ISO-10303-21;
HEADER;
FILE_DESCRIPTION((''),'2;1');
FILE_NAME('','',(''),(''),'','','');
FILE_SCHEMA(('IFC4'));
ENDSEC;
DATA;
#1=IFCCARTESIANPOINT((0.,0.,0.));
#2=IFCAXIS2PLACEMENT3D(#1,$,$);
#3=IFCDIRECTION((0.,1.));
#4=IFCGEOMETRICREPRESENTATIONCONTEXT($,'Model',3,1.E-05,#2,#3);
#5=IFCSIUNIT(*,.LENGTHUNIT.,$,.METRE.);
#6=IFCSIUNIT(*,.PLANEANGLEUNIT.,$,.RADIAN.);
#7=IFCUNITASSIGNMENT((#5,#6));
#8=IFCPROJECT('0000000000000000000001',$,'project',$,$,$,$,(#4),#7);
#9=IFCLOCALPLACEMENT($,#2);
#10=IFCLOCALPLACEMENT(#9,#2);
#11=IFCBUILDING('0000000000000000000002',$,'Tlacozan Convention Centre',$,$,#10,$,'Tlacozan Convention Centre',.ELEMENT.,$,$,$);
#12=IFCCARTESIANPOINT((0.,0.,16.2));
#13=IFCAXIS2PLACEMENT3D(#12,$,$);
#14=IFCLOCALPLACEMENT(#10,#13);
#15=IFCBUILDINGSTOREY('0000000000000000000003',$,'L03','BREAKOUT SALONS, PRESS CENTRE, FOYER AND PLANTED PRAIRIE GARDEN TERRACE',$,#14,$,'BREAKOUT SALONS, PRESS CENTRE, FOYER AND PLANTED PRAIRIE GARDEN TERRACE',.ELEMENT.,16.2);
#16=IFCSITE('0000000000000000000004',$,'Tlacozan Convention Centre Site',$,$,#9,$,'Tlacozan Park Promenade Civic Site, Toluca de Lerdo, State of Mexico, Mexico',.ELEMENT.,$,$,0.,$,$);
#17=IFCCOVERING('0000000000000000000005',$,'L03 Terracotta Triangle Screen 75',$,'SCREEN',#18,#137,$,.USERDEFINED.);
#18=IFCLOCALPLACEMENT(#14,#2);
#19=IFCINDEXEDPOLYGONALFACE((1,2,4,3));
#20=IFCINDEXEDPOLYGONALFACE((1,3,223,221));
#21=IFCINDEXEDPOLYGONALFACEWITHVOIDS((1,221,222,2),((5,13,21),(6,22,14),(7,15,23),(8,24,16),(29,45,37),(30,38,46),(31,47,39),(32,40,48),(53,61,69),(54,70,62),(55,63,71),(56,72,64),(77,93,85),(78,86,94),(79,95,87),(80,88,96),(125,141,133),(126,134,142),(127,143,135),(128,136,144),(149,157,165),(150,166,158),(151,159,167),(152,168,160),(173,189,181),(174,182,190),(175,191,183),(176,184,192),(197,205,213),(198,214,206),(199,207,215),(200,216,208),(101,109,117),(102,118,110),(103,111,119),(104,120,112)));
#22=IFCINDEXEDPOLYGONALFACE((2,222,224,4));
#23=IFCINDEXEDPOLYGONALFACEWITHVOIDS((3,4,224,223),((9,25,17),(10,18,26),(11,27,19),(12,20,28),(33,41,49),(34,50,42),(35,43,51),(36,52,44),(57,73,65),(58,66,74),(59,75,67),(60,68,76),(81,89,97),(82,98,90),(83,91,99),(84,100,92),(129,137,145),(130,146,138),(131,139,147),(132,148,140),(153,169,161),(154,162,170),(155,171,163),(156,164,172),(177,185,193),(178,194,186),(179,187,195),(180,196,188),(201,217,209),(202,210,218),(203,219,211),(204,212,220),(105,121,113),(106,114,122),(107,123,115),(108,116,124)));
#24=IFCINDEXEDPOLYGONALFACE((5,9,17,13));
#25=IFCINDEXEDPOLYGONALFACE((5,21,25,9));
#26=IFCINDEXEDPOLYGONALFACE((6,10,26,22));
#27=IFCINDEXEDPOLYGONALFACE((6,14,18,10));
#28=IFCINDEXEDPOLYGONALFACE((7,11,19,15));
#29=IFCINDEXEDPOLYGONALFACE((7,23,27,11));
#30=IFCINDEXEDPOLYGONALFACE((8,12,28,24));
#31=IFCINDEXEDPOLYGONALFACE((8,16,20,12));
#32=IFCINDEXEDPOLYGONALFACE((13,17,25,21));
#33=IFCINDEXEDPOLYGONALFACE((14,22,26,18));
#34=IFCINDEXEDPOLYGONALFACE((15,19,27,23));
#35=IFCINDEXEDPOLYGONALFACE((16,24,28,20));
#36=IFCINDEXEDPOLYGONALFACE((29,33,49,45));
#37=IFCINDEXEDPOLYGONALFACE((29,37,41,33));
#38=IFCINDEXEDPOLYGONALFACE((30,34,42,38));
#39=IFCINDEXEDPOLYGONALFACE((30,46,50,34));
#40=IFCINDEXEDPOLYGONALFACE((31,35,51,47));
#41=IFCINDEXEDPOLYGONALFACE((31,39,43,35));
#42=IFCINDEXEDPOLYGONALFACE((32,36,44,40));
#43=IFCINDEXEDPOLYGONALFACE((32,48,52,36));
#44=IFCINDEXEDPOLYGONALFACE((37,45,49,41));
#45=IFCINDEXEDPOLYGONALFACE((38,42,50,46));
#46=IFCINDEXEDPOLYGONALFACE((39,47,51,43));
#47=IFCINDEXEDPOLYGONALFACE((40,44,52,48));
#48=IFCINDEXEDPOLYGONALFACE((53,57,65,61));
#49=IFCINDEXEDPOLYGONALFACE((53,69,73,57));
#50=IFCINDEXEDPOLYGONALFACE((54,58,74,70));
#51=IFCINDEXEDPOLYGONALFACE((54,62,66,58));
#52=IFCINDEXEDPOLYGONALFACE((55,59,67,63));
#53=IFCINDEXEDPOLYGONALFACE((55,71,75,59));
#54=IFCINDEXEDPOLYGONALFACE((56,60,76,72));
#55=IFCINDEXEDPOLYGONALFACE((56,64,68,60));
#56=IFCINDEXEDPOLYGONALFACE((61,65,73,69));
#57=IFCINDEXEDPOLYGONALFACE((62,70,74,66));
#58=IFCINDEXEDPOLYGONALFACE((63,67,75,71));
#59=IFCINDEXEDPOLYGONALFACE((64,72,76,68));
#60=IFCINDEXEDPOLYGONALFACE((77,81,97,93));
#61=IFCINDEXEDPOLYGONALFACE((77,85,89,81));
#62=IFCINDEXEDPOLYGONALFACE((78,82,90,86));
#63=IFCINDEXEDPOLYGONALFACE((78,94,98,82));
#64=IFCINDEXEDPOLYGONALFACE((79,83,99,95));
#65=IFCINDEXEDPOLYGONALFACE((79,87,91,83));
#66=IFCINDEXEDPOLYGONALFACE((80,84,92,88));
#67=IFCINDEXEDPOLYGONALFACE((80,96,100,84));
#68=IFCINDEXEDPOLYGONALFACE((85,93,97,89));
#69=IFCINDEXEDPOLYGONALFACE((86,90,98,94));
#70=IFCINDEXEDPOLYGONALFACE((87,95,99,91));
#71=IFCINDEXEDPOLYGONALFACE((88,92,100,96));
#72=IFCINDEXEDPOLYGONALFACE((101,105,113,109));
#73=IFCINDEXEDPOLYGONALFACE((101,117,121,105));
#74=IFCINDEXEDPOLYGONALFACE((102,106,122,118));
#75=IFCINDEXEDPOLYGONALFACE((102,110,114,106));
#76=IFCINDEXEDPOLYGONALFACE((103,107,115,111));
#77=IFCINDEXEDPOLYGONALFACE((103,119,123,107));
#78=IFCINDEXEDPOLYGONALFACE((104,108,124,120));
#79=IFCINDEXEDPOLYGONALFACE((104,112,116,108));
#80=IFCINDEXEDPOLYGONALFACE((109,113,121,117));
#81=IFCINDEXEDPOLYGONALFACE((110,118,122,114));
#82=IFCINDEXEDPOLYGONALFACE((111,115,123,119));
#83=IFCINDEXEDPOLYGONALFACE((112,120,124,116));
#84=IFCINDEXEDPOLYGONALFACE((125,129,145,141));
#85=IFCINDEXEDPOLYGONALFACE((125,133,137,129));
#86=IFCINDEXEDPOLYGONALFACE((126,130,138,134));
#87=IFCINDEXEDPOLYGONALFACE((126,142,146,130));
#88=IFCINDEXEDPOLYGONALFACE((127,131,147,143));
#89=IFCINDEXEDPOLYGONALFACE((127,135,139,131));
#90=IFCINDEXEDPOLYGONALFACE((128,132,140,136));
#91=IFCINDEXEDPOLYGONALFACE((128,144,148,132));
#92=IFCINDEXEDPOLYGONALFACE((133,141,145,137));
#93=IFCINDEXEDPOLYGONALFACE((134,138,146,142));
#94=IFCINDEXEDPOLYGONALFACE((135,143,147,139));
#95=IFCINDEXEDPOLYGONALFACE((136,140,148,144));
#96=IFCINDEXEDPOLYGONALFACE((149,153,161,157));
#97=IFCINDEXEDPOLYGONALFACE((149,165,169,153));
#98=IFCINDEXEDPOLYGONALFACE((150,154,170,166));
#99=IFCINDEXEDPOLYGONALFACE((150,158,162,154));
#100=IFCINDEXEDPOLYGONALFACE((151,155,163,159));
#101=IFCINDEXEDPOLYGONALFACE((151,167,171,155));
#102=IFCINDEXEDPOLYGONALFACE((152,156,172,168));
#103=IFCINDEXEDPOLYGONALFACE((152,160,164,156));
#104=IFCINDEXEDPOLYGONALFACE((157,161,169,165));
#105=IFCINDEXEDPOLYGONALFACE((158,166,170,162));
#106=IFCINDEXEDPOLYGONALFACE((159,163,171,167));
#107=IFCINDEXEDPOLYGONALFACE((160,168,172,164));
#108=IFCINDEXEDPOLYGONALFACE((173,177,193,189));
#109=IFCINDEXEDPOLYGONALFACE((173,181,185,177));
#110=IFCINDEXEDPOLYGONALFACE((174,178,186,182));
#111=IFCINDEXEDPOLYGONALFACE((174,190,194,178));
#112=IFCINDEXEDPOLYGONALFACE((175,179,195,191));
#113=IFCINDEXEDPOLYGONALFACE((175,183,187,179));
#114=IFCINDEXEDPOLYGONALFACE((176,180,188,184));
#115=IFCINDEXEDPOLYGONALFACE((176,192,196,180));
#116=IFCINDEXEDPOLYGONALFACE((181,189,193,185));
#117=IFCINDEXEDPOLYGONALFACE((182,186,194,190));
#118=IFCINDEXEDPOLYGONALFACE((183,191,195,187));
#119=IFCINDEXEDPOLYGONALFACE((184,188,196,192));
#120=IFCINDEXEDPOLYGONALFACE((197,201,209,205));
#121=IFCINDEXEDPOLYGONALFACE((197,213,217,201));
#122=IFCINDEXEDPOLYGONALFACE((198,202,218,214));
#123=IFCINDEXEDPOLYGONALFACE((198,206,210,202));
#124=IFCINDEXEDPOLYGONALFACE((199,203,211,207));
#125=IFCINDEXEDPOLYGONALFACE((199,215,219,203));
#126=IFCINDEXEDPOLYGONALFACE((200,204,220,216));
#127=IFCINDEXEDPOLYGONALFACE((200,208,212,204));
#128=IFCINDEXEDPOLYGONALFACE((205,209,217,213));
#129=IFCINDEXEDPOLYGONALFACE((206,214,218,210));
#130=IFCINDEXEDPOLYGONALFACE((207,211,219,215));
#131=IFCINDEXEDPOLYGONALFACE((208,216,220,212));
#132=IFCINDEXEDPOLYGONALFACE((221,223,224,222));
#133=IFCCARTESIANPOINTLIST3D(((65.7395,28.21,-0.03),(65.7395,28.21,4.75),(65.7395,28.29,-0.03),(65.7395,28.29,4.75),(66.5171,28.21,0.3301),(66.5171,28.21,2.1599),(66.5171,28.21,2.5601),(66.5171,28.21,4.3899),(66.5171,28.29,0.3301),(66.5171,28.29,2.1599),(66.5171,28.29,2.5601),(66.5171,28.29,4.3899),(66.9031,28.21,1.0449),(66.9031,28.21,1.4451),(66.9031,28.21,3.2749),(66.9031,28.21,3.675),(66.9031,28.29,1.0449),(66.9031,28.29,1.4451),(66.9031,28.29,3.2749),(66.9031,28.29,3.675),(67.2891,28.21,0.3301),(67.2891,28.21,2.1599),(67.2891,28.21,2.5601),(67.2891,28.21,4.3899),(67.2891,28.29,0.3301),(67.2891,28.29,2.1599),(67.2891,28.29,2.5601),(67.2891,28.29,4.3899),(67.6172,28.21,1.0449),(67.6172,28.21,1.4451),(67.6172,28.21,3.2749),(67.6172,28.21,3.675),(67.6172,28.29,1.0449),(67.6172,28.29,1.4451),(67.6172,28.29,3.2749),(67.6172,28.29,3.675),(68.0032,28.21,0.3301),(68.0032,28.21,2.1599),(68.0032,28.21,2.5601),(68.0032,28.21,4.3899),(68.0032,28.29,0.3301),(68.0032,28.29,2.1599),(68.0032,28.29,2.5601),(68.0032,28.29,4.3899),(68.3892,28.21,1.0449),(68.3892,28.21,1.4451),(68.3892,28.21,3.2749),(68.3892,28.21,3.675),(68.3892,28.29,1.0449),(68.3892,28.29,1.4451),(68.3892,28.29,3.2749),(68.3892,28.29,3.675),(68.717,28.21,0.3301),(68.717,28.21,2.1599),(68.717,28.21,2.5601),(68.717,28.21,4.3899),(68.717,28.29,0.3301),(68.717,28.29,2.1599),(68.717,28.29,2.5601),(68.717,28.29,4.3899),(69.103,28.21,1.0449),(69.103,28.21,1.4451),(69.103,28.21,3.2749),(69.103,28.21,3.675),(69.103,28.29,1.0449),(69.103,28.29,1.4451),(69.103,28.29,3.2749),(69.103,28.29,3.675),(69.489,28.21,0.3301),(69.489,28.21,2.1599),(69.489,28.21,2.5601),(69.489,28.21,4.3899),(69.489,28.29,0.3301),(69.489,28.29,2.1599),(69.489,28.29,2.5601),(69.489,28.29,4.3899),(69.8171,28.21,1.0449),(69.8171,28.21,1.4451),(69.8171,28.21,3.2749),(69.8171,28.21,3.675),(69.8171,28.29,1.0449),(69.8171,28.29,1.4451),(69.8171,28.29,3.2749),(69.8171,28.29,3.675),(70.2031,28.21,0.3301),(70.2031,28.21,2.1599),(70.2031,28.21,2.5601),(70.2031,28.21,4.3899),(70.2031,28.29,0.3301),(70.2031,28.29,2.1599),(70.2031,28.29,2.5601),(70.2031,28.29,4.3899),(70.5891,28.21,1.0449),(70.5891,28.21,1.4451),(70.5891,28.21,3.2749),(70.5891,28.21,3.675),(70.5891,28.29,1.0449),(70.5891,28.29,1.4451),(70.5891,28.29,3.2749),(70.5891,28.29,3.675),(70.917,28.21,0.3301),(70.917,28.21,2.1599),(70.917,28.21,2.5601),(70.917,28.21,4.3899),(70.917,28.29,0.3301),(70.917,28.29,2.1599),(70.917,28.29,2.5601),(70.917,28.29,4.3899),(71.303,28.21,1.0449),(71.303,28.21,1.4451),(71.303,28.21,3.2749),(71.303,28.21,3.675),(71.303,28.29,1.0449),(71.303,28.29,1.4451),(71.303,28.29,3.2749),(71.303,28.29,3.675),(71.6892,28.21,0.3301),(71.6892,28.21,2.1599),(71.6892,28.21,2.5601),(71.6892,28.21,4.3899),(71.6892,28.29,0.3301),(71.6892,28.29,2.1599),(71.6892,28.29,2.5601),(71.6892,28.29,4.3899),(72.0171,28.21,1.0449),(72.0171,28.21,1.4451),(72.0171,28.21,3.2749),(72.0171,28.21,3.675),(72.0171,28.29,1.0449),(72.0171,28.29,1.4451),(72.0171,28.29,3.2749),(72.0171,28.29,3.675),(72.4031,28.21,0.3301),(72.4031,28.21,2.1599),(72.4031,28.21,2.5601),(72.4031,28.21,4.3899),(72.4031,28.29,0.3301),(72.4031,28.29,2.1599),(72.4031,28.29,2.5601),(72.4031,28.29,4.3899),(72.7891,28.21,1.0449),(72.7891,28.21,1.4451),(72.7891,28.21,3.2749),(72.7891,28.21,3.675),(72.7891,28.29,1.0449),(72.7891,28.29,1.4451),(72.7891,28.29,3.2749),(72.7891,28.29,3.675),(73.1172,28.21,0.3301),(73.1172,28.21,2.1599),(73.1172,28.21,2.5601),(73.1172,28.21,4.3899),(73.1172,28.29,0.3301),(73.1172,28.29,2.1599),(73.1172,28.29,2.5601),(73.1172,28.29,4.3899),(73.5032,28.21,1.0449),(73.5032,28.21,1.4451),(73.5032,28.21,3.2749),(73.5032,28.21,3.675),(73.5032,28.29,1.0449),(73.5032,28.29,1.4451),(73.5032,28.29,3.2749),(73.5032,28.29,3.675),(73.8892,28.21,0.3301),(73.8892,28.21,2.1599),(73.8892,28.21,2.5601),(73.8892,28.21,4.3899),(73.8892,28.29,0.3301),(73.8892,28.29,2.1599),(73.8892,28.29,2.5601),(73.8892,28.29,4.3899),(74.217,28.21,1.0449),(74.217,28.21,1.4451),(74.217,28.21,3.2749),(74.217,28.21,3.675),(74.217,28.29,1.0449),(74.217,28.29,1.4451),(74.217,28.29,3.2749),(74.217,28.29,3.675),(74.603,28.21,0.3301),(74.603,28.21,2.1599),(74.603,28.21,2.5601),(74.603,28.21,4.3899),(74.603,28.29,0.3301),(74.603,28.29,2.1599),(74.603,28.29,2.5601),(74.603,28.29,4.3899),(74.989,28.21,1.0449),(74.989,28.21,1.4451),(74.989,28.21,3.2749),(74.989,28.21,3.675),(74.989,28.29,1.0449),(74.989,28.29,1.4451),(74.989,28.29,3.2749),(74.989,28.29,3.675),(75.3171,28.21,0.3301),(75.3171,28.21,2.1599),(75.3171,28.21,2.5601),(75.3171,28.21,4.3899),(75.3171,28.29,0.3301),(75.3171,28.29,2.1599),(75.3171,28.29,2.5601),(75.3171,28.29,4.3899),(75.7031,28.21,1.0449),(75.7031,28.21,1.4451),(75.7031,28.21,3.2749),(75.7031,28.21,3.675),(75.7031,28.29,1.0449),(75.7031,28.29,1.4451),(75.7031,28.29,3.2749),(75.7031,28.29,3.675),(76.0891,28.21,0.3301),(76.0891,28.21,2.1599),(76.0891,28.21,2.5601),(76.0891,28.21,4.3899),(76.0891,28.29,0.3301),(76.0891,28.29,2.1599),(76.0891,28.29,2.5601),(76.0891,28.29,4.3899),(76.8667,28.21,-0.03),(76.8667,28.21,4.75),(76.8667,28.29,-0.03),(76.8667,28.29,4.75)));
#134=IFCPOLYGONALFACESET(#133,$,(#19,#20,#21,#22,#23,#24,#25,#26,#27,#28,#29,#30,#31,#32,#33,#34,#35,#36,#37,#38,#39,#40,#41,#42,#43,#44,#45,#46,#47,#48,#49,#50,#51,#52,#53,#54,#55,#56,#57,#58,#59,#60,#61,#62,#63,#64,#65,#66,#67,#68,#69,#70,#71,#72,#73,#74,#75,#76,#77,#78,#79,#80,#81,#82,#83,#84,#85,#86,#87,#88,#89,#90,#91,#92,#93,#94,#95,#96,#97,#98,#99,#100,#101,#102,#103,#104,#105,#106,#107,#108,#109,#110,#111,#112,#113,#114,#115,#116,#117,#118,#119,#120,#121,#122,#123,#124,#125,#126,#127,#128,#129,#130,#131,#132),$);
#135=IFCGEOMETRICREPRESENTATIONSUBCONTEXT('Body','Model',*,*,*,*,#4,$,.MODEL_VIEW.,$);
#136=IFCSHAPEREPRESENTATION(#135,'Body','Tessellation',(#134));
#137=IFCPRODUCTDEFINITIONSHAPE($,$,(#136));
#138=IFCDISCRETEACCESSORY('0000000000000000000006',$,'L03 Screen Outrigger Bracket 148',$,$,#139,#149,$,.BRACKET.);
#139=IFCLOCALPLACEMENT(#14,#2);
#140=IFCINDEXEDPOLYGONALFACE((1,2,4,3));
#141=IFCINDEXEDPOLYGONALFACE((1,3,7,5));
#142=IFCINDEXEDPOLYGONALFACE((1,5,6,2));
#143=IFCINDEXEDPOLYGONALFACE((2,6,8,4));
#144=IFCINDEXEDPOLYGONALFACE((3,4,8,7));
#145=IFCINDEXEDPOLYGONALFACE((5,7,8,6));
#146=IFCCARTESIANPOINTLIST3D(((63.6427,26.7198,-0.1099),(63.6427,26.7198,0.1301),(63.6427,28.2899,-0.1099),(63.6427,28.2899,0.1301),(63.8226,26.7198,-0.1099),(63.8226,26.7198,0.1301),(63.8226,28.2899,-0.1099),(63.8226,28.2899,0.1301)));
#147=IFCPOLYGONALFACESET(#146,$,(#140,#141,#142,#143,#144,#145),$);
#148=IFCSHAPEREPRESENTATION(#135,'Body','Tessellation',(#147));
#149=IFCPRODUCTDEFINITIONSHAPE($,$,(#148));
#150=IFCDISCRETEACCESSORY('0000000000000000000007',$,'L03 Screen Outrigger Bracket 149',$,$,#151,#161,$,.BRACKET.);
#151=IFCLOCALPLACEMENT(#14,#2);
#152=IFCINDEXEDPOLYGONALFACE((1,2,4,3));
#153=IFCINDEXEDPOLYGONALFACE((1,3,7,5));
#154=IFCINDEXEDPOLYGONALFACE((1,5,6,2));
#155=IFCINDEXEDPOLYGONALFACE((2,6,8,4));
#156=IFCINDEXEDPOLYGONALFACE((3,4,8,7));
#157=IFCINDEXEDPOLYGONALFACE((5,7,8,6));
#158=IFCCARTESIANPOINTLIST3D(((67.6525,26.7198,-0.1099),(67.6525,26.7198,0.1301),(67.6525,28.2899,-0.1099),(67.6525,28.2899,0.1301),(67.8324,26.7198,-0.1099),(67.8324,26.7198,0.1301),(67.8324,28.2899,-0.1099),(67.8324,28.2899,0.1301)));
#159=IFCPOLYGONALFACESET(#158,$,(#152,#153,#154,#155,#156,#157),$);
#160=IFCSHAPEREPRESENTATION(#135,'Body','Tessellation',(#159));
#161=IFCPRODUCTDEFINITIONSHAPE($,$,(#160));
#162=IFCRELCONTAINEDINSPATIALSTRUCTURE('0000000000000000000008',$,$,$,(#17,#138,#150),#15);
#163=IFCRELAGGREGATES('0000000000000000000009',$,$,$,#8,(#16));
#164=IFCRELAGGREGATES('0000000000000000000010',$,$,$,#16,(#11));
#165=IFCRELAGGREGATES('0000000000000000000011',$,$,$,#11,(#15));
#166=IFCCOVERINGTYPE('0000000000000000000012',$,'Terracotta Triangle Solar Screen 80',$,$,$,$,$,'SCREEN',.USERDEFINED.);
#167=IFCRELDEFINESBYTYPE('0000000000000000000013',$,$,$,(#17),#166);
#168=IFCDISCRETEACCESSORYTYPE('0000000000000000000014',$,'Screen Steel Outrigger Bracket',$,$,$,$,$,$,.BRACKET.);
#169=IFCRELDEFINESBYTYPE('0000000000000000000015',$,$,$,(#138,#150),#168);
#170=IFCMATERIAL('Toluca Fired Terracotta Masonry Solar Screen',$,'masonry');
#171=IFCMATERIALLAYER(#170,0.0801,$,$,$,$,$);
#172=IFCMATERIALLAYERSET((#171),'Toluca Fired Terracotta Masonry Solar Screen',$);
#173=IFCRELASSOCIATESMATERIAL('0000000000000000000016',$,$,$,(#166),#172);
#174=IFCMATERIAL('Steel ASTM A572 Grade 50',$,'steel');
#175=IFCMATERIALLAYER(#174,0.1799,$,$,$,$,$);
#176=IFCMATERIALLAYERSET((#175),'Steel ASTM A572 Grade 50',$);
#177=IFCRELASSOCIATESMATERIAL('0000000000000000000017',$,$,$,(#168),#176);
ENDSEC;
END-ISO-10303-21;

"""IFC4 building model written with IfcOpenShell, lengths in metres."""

from ifc_helpers import new_model, si_unit, direction, frame, origin, origin_2d, place, context, subcontext, project, spatial, polyline, rectangle, outline, extrude, material, layer, layer_set, type_object, element, save


model = new_model("IFC4")

# Units and contexts
model_context = context("Model", 3, precision=1e-05, world=origin(), true_north=direction((0.0, 1.0)))
body_context = subcontext(model_context, "Body", "Model", "MODEL_VIEW")
ifc_project = project(units=[si_unit("LENGTHUNIT", "METRE"), si_unit("PLANEANGLEUNIT", "RADIAN")], contexts=[model_context])

# Site, building, storey
site_placement = place(None, origin())
site = spatial("IfcSite", under=ifc_project, at=site_placement, Name="Tlacozan Convention Centre Site", LongName="Tlacozan Park Promenade Civic Site, Toluca de Lerdo, State of Mexico, Mexico", CompositionType="ELEMENT", RefElevation=0.0)
building_placement = place(site_placement, origin())
building = spatial("IfcBuilding", under=site, at=building_placement, Name="Tlacozan Convention Centre", LongName="Tlacozan Convention Centre", CompositionType="ELEMENT")
storey_placement = place(building_placement, frame((0.0, 0.0, 16.2)))
storey = spatial("IfcBuildingStorey", under=building, at=storey_placement, Name="L03", Description="BREAKOUT SALONS, PRESS CENTRE, FOYER AND PLANTED PRAIRIE GARDEN TERRACE", LongName="BREAKOUT SALONS, PRESS CENTRE, FOYER AND PLANTED PRAIRIE GARDEN TERRACE", CompositionType="ELEMENT", Elevation=16.2)

# Covering
ifc_material_1 = material(Name="Toluca Fired Terracotta Masonry Solar Screen", Category="masonry")
ifc_layer_1 = layer(ifc_material_1, 0.0801)
ifc_layer_set_1 = layer_set([ifc_layer_1], Name="Toluca Fired Terracotta Masonry Solar Screen")
covering_type = type_object("IfcCoveringType", Name="Terracotta Triangle Solar Screen 80", ElementType="SCREEN", PredefinedType="USERDEFINED", material=ifc_layer_set_1)
covering_placement = place(storey_placement, frame((65.7395, 28.25, -0.03), z_axis=(0.0, 0.0, 1.0), x_axis=(1.0, 0.0, 0.0)))
element("IfcCovering", 1, at=covering_placement, inside=storey, type_object=covering_type, Name="L03 Terracotta Triangle Screen 75", ObjectType="SCREEN", PredefinedType="USERDEFINED", context=body_context, shape_type="SweptSolid", body=[
    extrude(outline(polyline([(0.0, 0.0), (11.1272, 0.0), (11.1272, 4.78), (0.0, 4.78), (0.0, 0.0)]), holes=[polyline([(0.7776, 0.3601), (1.5496, 0.3601), (1.1636, 1.075), (0.7776, 0.3601)]), polyline([(1.8777, 1.075), (2.6497, 1.075), (2.2637, 0.3601), (1.8777, 1.075)]), polyline([(2.9775, 0.3601), (3.7495, 0.3601), (3.3635, 1.075), (2.9775, 0.3601)]), polyline([(4.0776, 1.075), (4.8496, 1.075), (4.4636, 0.3601), (4.0776, 1.075)]), polyline([(5.1775, 0.3601), (5.9497, 0.3601), (5.5635, 1.075), (5.1775, 0.3601)]), polyline([(6.2776, 1.075), (7.0496, 1.075), (6.6636, 0.3601), (6.2776, 1.075)]), polyline([(7.3777, 0.3601), (8.1497, 0.3601), (7.7637, 1.075), (7.3777, 0.3601)]), polyline([(8.4775, 1.075), (9.2495, 1.075), (8.8635, 0.3601), (8.4775, 1.075)]), polyline([(9.5776, 0.3601), (10.3496, 0.3601), (9.9636, 1.075), (9.5776, 0.3601)]), polyline([(0.7776, 2.1899), (1.5496, 2.1899), (1.1636, 1.4751), (0.7776, 2.1899)]), polyline([(1.8777, 1.4751), (2.6497, 1.4751), (2.2637, 2.1899), (1.8777, 1.4751)]), polyline([(2.9775, 2.1899), (3.7495, 2.1899), (3.3635, 1.4751), (2.9775, 2.1899)]), polyline([(4.0776, 1.4751), (4.8496, 1.4751), (4.4636, 2.1899), (4.0776, 1.4751)]), polyline([(5.1775, 2.1899), (5.9497, 2.1899), (5.5635, 1.4751), (5.1775, 2.1899)]), polyline([(6.2776, 1.4751), (7.0496, 1.4751), (6.6636, 2.1899), (6.2776, 1.4751)]), polyline([(7.3777, 2.1899), (8.1497, 2.1899), (7.7637, 1.4751), (7.3777, 2.1899)]), polyline([(8.4775, 1.4751), (9.2495, 1.4751), (8.8635, 2.1899), (8.4775, 1.4751)]), polyline([(9.5776, 2.1899), (10.3496, 2.1899), (9.9636, 1.4751), (9.5776, 2.1899)]), polyline([(0.7776, 2.5901), (1.5496, 2.5901), (1.1636, 3.3049), (0.7776, 2.5901)]), polyline([(1.8777, 3.3049), (2.6497, 3.3049), (2.2637, 2.5901), (1.8777, 3.3049)]), polyline([(2.9775, 2.5901), (3.7495, 2.5901), (3.3635, 3.3049), (2.9775, 2.5901)]), polyline([(4.0776, 3.3049), (4.8496, 3.3049), (4.4636, 2.5901), (4.0776, 3.3049)]), polyline([(5.1775, 2.5901), (5.9497, 2.5901), (5.5635, 3.3049), (5.1775, 2.5901)]), polyline([(6.2776, 3.3049), (7.0496, 3.3049), (6.6636, 2.5901), (6.2776, 3.3049)]), polyline([(7.3777, 2.5901), (8.1497, 2.5901), (7.7637, 3.3049), (7.3777, 2.5901)]), polyline([(8.4775, 3.3049), (9.2495, 3.3049), (8.8635, 2.5901), (8.4775, 3.3049)]), polyline([(9.5776, 2.5901), (10.3496, 2.5901), (9.9636, 3.3049), (9.5776, 2.5901)]), polyline([(0.7776, 4.4199), (1.5496, 4.4199), (1.1636, 3.7051), (0.7776, 4.4199)]), polyline([(1.8777, 3.7051), (2.6497, 3.7051), (2.2637, 4.4199), (1.8777, 3.7051)]), polyline([(2.9775, 4.4199), (3.7495, 4.4199), (3.3635, 3.7051), (2.9775, 4.4199)]), polyline([(4.0776, 3.7051), (4.8496, 3.7051), (4.4636, 4.4199), (4.0776, 3.7051)]), polyline([(5.1775, 4.4199), (5.9497, 4.4199), (5.5635, 3.7051), (5.1775, 4.4199)]), polyline([(6.2776, 3.7051), (7.0496, 3.7051), (6.6636, 4.4199), (6.2776, 3.7051)]), polyline([(7.3777, 4.4199), (8.1497, 4.4199), (7.7637, 3.7051), (7.3777, 4.4199)]), polyline([(8.4775, 3.7051), (9.2495, 3.7051), (8.8635, 4.4199), (8.4775, 3.7051)]), polyline([(9.5776, 4.4199), (10.3496, 4.4199), (9.9636, 3.7051), (9.5776, 4.4199)])]), frame((0.0, 0.04, 0.0), z_axis=(0.0, -1.0, 0.0), x_axis=(1.0, 0.0, 0.0)), (0.0, 0.0, 1.0), 0.0801),
])

# Discrete accessories
ifc_material_2 = material(Name="Steel ASTM A572 Grade 50", Category="steel")
ifc_layer_2 = layer(ifc_material_2, 0.1799)
ifc_layer_set_2 = layer_set([ifc_layer_2], Name="Steel ASTM A572 Grade 50")
discrete_accessory_type = type_object("IfcDiscreteAccessoryType", Name="Screen Steel Outrigger Bracket", PredefinedType="BRACKET", material=ifc_layer_set_2)
for number, where, z_axis, x_axis, name in (
    (2, (63.7327, 27.5049, -0.1099), (0.0, 0.0, 1.0), (0.0, -1.0, 0.0), "L03 Screen Outrigger Bracket 148"),
    (3, (67.7424, 27.5049, -0.1099), (0.0, 0.0, 1.0), (0.0, -1.0, 0.0), "L03 Screen Outrigger Bracket 149"),
):
    element("IfcDiscreteAccessory", number, at=place(storey_placement, frame(where, z_axis=z_axis, x_axis=x_axis)), inside=storey, type_object=discrete_accessory_type, Name=name, PredefinedType="BRACKET", context=body_context, shape_type="SweptSolid", body=[
        extrude(rectangle(XDim=1.5701, YDim=0.1799, at=origin_2d()), origin(), (0.0, 0.0, 1.0), 0.24),
    ])

save(model, "model.ifc")
